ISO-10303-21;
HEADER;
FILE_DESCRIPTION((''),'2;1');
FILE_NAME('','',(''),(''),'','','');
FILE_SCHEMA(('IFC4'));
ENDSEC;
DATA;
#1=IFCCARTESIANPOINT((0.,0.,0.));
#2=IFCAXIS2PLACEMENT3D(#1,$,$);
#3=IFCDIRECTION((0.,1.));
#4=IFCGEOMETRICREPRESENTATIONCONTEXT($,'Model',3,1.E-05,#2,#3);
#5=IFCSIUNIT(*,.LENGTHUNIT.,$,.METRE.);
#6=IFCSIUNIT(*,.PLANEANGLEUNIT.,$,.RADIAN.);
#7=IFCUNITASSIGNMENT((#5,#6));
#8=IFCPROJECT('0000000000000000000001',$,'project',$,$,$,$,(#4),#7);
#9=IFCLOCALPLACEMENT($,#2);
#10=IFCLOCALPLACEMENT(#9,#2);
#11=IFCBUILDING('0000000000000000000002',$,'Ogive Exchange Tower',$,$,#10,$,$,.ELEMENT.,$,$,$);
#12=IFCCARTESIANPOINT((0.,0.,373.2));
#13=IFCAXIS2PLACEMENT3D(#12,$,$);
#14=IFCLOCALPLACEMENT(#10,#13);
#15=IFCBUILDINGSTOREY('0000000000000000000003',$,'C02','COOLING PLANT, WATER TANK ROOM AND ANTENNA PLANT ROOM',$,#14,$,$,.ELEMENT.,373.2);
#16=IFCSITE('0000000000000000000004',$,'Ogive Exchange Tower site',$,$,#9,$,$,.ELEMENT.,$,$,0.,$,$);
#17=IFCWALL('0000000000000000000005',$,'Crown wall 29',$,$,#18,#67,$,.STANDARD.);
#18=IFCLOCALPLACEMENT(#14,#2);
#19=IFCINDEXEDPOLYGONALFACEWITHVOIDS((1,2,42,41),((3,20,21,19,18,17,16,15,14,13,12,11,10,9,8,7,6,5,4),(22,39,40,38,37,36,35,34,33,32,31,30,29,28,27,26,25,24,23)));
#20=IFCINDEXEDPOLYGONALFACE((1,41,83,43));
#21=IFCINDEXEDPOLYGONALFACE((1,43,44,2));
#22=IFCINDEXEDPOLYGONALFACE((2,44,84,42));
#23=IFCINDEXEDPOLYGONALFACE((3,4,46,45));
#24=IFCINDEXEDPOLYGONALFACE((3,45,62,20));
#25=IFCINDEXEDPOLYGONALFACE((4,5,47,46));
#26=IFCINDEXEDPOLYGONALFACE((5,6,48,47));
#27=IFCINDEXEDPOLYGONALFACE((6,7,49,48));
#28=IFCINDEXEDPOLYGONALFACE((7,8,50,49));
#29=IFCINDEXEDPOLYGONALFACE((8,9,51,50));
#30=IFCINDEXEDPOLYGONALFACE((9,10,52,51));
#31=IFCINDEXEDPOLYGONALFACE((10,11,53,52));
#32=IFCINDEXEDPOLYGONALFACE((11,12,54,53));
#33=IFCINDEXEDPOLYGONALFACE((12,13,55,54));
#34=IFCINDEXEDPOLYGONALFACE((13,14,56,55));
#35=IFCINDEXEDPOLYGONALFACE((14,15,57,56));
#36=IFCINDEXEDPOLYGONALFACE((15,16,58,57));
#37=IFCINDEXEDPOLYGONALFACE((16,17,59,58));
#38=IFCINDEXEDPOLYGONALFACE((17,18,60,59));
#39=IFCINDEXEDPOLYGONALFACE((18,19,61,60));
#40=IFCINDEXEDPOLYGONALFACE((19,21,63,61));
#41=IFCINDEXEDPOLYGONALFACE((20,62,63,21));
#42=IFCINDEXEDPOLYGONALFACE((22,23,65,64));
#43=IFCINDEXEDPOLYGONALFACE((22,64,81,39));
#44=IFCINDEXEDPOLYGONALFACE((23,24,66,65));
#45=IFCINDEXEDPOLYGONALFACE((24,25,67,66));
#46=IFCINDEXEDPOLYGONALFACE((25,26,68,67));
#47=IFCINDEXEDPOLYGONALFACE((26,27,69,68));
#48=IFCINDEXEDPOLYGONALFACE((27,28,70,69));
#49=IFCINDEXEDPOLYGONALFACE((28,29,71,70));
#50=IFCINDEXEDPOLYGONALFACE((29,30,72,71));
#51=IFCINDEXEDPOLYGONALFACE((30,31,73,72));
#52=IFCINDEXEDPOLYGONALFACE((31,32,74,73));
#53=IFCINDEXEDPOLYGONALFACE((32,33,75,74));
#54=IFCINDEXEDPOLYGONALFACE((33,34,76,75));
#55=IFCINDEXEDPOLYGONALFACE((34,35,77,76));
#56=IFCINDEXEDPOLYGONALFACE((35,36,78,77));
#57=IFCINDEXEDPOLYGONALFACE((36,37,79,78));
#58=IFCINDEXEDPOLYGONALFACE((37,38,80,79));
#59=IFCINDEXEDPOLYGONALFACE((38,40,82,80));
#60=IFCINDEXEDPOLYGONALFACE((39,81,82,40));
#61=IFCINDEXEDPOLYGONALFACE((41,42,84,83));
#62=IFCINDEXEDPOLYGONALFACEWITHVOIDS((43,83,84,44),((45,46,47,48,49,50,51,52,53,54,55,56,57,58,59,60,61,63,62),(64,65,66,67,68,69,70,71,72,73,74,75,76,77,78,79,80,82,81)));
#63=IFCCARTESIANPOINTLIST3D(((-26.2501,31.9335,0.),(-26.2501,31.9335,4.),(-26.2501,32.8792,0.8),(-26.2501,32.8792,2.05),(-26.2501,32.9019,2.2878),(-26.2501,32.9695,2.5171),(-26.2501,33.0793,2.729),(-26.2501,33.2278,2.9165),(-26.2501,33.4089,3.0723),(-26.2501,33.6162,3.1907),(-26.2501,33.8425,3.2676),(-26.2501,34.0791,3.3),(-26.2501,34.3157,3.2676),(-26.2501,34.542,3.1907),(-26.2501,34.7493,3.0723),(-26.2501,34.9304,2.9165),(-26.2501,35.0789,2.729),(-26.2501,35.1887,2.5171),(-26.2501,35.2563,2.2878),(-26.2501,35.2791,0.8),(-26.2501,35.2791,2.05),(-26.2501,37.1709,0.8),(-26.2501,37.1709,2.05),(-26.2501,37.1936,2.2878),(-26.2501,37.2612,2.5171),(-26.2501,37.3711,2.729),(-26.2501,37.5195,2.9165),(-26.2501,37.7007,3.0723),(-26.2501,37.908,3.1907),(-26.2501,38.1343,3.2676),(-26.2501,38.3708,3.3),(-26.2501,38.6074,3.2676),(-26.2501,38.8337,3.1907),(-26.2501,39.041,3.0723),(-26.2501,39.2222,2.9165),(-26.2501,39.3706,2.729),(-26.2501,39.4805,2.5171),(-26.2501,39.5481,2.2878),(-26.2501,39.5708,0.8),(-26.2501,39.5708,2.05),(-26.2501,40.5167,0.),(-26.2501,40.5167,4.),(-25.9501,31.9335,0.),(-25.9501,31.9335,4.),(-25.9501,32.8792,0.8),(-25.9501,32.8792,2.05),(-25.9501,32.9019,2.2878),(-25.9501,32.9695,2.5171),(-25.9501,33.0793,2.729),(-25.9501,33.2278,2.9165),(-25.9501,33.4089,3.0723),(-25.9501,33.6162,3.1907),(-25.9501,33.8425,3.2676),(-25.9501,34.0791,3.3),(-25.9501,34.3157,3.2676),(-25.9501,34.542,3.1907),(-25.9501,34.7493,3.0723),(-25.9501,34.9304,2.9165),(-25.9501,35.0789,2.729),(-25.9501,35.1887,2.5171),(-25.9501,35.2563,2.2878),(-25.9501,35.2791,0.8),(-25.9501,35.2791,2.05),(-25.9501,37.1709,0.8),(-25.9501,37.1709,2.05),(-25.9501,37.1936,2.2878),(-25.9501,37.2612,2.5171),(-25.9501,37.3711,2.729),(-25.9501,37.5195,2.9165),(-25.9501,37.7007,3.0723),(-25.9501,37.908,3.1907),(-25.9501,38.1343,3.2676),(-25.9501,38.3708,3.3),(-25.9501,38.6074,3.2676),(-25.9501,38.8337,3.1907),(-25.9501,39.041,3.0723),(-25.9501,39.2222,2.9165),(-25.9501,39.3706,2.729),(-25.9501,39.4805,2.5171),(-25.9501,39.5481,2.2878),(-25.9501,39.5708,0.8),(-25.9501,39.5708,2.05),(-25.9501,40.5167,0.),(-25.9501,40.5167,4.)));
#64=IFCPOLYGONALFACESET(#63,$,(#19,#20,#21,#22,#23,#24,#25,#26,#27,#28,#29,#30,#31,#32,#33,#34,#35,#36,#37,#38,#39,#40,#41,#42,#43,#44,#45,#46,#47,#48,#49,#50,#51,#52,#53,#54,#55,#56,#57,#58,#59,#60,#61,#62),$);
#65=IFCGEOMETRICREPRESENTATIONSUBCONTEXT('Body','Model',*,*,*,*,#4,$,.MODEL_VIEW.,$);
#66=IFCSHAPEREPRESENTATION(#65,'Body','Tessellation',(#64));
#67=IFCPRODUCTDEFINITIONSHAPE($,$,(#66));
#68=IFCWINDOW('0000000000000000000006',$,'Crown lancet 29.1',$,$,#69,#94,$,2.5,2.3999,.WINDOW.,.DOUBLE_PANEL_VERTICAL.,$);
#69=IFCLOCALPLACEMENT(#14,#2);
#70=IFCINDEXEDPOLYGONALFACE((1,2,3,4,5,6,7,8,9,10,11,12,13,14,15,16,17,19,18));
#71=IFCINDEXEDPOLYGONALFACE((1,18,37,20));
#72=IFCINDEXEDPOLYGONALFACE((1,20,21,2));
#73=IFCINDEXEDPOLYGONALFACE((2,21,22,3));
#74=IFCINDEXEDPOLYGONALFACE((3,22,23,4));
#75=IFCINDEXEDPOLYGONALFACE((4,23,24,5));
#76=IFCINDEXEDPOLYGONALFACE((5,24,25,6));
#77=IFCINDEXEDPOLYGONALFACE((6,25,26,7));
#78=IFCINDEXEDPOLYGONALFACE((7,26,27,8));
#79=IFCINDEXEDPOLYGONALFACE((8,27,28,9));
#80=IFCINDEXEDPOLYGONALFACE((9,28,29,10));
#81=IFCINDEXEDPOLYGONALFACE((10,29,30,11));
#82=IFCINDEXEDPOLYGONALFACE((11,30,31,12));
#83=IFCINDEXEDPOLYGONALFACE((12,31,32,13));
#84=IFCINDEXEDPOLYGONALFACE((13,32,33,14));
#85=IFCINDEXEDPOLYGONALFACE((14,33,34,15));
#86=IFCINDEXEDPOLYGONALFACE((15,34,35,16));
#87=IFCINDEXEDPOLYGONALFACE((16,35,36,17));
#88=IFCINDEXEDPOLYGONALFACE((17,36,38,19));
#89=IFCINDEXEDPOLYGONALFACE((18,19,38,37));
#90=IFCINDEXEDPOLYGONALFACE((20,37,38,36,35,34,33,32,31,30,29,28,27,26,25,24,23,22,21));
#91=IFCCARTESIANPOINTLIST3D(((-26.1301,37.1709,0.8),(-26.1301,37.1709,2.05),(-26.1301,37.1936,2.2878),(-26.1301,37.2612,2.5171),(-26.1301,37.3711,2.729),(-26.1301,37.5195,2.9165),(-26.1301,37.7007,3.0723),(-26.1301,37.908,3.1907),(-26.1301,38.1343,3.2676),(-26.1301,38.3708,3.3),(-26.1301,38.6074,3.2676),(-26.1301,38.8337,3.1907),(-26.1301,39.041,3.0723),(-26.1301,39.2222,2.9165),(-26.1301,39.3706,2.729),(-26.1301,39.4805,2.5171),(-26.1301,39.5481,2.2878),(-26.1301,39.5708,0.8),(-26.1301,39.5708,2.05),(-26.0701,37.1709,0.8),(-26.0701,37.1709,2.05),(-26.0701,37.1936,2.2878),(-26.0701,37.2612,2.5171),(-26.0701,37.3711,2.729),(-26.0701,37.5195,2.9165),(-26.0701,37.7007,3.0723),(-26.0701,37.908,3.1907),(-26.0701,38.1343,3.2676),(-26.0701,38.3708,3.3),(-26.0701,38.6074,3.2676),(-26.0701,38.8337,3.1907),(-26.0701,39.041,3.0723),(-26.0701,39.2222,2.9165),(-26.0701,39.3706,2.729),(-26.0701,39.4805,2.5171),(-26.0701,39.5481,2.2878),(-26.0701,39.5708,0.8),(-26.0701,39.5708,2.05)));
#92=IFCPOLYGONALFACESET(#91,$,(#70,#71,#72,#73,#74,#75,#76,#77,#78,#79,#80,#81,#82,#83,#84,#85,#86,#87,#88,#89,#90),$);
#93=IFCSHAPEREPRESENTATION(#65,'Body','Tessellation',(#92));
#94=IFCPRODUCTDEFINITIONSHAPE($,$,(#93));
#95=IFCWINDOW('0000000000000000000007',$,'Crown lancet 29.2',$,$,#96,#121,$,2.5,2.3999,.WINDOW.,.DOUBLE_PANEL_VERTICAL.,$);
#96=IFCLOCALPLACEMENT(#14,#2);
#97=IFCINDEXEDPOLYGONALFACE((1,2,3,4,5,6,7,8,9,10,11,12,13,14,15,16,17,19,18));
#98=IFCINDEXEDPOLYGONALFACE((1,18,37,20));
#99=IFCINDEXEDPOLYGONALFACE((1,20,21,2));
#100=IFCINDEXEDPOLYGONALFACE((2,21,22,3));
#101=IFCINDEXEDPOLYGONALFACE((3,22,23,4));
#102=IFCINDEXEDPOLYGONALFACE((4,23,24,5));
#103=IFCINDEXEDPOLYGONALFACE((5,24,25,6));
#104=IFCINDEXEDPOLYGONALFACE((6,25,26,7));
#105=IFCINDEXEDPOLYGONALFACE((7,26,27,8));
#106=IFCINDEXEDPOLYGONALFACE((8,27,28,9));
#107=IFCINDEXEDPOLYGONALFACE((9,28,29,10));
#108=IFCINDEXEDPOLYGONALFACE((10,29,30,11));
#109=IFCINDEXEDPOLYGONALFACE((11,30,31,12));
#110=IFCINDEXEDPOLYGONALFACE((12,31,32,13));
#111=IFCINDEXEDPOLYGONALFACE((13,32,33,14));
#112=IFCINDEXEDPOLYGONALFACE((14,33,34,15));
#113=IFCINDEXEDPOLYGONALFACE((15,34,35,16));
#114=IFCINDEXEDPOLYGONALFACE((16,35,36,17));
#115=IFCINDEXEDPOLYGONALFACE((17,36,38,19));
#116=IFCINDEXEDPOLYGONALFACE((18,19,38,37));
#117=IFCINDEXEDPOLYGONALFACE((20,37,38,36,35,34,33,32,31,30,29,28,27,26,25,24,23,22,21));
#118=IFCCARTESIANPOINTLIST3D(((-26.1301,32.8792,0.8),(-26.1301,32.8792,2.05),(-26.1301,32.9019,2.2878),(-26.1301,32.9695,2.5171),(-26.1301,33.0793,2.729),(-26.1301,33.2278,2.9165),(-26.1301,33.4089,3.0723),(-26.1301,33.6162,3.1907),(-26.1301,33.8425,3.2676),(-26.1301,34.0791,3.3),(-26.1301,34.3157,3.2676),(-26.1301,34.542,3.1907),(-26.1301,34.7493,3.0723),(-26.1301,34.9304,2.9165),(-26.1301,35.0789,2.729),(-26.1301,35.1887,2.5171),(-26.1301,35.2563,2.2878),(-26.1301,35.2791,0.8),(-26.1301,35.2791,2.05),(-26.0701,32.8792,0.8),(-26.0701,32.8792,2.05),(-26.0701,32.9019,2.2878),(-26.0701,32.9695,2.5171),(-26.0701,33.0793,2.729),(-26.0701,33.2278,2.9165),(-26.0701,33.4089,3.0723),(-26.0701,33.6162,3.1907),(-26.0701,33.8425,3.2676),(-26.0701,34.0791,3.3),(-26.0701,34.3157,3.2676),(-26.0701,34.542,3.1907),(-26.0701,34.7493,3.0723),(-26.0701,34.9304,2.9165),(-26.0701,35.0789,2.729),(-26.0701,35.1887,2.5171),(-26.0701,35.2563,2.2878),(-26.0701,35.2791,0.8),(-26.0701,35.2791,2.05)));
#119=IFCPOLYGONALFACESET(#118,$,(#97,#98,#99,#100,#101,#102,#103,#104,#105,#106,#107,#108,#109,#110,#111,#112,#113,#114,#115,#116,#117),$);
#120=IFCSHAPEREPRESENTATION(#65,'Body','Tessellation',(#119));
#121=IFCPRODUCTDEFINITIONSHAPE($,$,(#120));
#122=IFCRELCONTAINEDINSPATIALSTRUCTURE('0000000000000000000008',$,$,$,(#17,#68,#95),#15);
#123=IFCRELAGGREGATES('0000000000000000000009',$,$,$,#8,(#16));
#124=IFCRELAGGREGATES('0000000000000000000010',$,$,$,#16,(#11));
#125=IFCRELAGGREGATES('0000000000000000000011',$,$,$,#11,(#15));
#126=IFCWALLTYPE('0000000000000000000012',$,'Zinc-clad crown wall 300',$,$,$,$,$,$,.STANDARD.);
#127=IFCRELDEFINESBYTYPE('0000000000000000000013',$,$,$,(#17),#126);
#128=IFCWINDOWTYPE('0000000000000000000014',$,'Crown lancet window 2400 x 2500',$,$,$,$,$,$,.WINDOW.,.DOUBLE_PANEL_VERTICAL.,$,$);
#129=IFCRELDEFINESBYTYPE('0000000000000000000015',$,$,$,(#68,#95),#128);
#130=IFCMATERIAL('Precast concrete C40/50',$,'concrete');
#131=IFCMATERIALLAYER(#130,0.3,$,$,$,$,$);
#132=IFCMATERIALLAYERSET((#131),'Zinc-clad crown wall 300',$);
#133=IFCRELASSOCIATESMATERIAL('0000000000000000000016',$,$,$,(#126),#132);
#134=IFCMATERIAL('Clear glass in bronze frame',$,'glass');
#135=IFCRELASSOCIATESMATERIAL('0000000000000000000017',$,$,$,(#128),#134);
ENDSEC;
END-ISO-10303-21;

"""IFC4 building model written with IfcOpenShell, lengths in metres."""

from ifc_helpers import new_model, si_unit, direction, frame, frame_2d, origin, place, context, subcontext, project, spatial, polyline, rectangle, outline, extrude, material, layer, layer_set, type_object, element, fill, save


model = new_model("IFC4")

# Units and contexts
model_context = context("Model", 3, precision=1e-05, world=origin(), true_north=direction((0.0, 1.0)))
body_context = subcontext(model_context, "Body", "Model", "MODEL_VIEW")
ifc_project = project(units=[si_unit("LENGTHUNIT", "METRE"), si_unit("PLANEANGLEUNIT", "RADIAN")], contexts=[model_context])

# Site, building, storey
site_placement = place(None, origin())
site = spatial("IfcSite", under=ifc_project, at=site_placement, Name="Ogive Exchange Tower site", CompositionType="ELEMENT", RefElevation=0.0)
building_placement = place(site_placement, origin())
building = spatial("IfcBuilding", under=site, at=building_placement, Name="Ogive Exchange Tower", CompositionType="ELEMENT")
storey_placement = place(building_placement, frame((0.0, 0.0, 373.2)))
storey = spatial("IfcBuildingStorey", under=building, at=storey_placement, Name="C02", Description="COOLING PLANT, WATER TANK ROOM AND ANTENNA PLANT ROOM", CompositionType="ELEMENT", Elevation=373.2)

# Shared definitions
ifc_material_1 = material(Name="Precast concrete C40/50", Category="concrete")

# Wall, openings, windows
ifc_layer_1 = layer(ifc_material_1, 0.3)
ifc_layer_set_1 = layer_set([ifc_layer_1], Name="Zinc-clad crown wall 300")
wall_type_1 = type_object("IfcWallType", Name="Zinc-clad crown wall 300", PredefinedType="STANDARD", material=ifc_layer_set_1)
wall_1_placement = place(storey_placement, frame((-26.1001, 40.5166, 0.0), z_axis=(0.0, 0.0, 1.0), x_axis=(0.0, -1.0, 0.0)))
wall_1 = element("IfcWall", 1, at=wall_1_placement, inside=storey, type_object=wall_type_1, Name="Crown wall 29", PredefinedType="STANDARD", context=body_context, shape_type="SweptSolid", body=[
    extrude(rectangle(XDim=8.5833, YDim=0.3, at=frame_2d((4.2915, 0.0))), origin(), (0.0, 0.0, 1.0), 4.0),
])
opening_1_placement = place(wall_1_placement, frame((0.9458, 0.0, 0.8)))
opening_1 = element("IfcOpeningElement", 2, at=opening_1_placement, cuts=wall_1, PredefinedType="OPENING", context=body_context, shape_type="SweptSolid", body=[
    extrude(outline(polyline([(0.0, 0.0), (2.3999, 0.0), (2.3999, 1.25), (2.3772, 1.4878), (2.3096, 1.717), (2.1997, 1.929), (2.0513, 2.1165), (1.8701, 2.2722), (1.6628, 2.3906), (1.4365, 2.4675), (1.2, 2.5), (0.9634, 2.4675), (0.7371, 2.3906), (0.5298, 2.2722), (0.3486, 2.1165), (0.2002, 1.929), (0.0903, 1.717), (0.0227, 1.4878), (0.0, 1.25), (0.0, 0.0)])), frame((0.0, 0.1599, 0.0), z_axis=(0.0, -1.0, 0.0), x_axis=(1.0, 0.0, 0.0)), (0.0, 0.0, 1.0), 0.3201),
])
opening_2_placement = place(wall_1_placement, frame((5.2375, 0.0, 0.8)))
opening_2 = element("IfcOpeningElement", 3, at=opening_2_placement, cuts=wall_1, PredefinedType="OPENING", context=body_context, shape_type="SweptSolid", body=[
    extrude(outline(polyline([(0.0, 0.0), (2.3999, 0.0), (2.3999, 1.25), (2.3772, 1.4878), (2.3096, 1.717), (2.1997, 1.929), (2.0513, 2.1165), (1.8701, 2.2722), (1.6628, 2.3906), (1.4365, 2.4675), (1.2, 2.5), (0.9634, 2.4675), (0.7371, 2.3906), (0.5298, 2.2722), (0.3486, 2.1165), (0.2002, 1.929), (0.0903, 1.717), (0.0227, 1.4878), (0.0, 1.25), (0.0, 0.0)])), frame((0.0, 0.1599, 0.0), z_axis=(0.0, -1.0, 0.0), x_axis=(1.0, 0.0, 0.0)), (0.0, 0.0, 1.0), 0.3201),
])
ifc_material_2 = material(Name="Clear glass in bronze frame", Category="glass")
window_type = type_object("IfcWindowType", Name="Crown lancet window 2400 x 2500", PartitioningType="DOUBLE_PANEL_VERTICAL", PredefinedType="WINDOW", material=ifc_material_2)
window_1_placement = place(opening_1_placement, origin())
window_1 = element("IfcWindow", 4, at=window_1_placement, inside=storey, type_object=window_type, Name="Crown lancet 29.1", OverallHeight=2.5, OverallWidth=2.3999, PartitioningType="DOUBLE_PANEL_VERTICAL", PredefinedType="WINDOW", context=body_context, shape_type="SweptSolid", body=[
    extrude(outline(polyline([(0.0, 0.0), (2.3999, 0.0), (2.3999, 1.25), (2.3772, 1.4878), (2.3096, 1.717), (2.1997, 1.929), (2.0513, 2.1165), (1.8701, 2.2722), (1.6628, 2.3906), (1.4365, 2.4675), (1.2, 2.5), (0.9634, 2.4675), (0.7371, 2.3906), (0.5298, 2.2722), (0.3486, 2.1165), (0.2002, 1.929), (0.0903, 1.717), (0.0227, 1.4878), (0.0, 1.25), (0.0, 0.0)])), frame((0.0, 0.03, 0.0), z_axis=(0.0, -1.0, 0.0), x_axis=(1.0, 0.0, 0.0)), (0.0, 0.0, 1.0), 0.0601),
])
fill(opening_1, window_1)
window_2_placement = place(opening_2_placement, origin())
window_2 = element("IfcWindow", 5, at=window_2_placement, inside=storey, type_object=window_type, Name="Crown lancet 29.2", OverallHeight=2.5, OverallWidth=2.3999, PartitioningType="DOUBLE_PANEL_VERTICAL", PredefinedType="WINDOW", context=body_context, shape_type="SweptSolid", body=[
    extrude(outline(polyline([(0.0, 0.0), (2.3999, 0.0), (2.3999, 1.25), (2.3772, 1.4878), (2.3096, 1.717), (2.1997, 1.929), (2.0513, 2.1165), (1.8701, 2.2722), (1.6628, 2.3906), (1.4365, 2.4675), (1.2, 2.5), (0.9634, 2.4675), (0.7371, 2.3906), (0.5298, 2.2722), (0.3486, 2.1165), (0.2002, 1.929), (0.0903, 1.717), (0.0227, 1.4878), (0.0, 1.25), (0.0, 0.0)])), frame((0.0, 0.03, 0.0), z_axis=(0.0, -1.0, 0.0), x_axis=(1.0, 0.0, 0.0)), (0.0, 0.0, 1.0), 0.0601),
])
fill(opening_2, window_2)

save(model, "model.ifc")
